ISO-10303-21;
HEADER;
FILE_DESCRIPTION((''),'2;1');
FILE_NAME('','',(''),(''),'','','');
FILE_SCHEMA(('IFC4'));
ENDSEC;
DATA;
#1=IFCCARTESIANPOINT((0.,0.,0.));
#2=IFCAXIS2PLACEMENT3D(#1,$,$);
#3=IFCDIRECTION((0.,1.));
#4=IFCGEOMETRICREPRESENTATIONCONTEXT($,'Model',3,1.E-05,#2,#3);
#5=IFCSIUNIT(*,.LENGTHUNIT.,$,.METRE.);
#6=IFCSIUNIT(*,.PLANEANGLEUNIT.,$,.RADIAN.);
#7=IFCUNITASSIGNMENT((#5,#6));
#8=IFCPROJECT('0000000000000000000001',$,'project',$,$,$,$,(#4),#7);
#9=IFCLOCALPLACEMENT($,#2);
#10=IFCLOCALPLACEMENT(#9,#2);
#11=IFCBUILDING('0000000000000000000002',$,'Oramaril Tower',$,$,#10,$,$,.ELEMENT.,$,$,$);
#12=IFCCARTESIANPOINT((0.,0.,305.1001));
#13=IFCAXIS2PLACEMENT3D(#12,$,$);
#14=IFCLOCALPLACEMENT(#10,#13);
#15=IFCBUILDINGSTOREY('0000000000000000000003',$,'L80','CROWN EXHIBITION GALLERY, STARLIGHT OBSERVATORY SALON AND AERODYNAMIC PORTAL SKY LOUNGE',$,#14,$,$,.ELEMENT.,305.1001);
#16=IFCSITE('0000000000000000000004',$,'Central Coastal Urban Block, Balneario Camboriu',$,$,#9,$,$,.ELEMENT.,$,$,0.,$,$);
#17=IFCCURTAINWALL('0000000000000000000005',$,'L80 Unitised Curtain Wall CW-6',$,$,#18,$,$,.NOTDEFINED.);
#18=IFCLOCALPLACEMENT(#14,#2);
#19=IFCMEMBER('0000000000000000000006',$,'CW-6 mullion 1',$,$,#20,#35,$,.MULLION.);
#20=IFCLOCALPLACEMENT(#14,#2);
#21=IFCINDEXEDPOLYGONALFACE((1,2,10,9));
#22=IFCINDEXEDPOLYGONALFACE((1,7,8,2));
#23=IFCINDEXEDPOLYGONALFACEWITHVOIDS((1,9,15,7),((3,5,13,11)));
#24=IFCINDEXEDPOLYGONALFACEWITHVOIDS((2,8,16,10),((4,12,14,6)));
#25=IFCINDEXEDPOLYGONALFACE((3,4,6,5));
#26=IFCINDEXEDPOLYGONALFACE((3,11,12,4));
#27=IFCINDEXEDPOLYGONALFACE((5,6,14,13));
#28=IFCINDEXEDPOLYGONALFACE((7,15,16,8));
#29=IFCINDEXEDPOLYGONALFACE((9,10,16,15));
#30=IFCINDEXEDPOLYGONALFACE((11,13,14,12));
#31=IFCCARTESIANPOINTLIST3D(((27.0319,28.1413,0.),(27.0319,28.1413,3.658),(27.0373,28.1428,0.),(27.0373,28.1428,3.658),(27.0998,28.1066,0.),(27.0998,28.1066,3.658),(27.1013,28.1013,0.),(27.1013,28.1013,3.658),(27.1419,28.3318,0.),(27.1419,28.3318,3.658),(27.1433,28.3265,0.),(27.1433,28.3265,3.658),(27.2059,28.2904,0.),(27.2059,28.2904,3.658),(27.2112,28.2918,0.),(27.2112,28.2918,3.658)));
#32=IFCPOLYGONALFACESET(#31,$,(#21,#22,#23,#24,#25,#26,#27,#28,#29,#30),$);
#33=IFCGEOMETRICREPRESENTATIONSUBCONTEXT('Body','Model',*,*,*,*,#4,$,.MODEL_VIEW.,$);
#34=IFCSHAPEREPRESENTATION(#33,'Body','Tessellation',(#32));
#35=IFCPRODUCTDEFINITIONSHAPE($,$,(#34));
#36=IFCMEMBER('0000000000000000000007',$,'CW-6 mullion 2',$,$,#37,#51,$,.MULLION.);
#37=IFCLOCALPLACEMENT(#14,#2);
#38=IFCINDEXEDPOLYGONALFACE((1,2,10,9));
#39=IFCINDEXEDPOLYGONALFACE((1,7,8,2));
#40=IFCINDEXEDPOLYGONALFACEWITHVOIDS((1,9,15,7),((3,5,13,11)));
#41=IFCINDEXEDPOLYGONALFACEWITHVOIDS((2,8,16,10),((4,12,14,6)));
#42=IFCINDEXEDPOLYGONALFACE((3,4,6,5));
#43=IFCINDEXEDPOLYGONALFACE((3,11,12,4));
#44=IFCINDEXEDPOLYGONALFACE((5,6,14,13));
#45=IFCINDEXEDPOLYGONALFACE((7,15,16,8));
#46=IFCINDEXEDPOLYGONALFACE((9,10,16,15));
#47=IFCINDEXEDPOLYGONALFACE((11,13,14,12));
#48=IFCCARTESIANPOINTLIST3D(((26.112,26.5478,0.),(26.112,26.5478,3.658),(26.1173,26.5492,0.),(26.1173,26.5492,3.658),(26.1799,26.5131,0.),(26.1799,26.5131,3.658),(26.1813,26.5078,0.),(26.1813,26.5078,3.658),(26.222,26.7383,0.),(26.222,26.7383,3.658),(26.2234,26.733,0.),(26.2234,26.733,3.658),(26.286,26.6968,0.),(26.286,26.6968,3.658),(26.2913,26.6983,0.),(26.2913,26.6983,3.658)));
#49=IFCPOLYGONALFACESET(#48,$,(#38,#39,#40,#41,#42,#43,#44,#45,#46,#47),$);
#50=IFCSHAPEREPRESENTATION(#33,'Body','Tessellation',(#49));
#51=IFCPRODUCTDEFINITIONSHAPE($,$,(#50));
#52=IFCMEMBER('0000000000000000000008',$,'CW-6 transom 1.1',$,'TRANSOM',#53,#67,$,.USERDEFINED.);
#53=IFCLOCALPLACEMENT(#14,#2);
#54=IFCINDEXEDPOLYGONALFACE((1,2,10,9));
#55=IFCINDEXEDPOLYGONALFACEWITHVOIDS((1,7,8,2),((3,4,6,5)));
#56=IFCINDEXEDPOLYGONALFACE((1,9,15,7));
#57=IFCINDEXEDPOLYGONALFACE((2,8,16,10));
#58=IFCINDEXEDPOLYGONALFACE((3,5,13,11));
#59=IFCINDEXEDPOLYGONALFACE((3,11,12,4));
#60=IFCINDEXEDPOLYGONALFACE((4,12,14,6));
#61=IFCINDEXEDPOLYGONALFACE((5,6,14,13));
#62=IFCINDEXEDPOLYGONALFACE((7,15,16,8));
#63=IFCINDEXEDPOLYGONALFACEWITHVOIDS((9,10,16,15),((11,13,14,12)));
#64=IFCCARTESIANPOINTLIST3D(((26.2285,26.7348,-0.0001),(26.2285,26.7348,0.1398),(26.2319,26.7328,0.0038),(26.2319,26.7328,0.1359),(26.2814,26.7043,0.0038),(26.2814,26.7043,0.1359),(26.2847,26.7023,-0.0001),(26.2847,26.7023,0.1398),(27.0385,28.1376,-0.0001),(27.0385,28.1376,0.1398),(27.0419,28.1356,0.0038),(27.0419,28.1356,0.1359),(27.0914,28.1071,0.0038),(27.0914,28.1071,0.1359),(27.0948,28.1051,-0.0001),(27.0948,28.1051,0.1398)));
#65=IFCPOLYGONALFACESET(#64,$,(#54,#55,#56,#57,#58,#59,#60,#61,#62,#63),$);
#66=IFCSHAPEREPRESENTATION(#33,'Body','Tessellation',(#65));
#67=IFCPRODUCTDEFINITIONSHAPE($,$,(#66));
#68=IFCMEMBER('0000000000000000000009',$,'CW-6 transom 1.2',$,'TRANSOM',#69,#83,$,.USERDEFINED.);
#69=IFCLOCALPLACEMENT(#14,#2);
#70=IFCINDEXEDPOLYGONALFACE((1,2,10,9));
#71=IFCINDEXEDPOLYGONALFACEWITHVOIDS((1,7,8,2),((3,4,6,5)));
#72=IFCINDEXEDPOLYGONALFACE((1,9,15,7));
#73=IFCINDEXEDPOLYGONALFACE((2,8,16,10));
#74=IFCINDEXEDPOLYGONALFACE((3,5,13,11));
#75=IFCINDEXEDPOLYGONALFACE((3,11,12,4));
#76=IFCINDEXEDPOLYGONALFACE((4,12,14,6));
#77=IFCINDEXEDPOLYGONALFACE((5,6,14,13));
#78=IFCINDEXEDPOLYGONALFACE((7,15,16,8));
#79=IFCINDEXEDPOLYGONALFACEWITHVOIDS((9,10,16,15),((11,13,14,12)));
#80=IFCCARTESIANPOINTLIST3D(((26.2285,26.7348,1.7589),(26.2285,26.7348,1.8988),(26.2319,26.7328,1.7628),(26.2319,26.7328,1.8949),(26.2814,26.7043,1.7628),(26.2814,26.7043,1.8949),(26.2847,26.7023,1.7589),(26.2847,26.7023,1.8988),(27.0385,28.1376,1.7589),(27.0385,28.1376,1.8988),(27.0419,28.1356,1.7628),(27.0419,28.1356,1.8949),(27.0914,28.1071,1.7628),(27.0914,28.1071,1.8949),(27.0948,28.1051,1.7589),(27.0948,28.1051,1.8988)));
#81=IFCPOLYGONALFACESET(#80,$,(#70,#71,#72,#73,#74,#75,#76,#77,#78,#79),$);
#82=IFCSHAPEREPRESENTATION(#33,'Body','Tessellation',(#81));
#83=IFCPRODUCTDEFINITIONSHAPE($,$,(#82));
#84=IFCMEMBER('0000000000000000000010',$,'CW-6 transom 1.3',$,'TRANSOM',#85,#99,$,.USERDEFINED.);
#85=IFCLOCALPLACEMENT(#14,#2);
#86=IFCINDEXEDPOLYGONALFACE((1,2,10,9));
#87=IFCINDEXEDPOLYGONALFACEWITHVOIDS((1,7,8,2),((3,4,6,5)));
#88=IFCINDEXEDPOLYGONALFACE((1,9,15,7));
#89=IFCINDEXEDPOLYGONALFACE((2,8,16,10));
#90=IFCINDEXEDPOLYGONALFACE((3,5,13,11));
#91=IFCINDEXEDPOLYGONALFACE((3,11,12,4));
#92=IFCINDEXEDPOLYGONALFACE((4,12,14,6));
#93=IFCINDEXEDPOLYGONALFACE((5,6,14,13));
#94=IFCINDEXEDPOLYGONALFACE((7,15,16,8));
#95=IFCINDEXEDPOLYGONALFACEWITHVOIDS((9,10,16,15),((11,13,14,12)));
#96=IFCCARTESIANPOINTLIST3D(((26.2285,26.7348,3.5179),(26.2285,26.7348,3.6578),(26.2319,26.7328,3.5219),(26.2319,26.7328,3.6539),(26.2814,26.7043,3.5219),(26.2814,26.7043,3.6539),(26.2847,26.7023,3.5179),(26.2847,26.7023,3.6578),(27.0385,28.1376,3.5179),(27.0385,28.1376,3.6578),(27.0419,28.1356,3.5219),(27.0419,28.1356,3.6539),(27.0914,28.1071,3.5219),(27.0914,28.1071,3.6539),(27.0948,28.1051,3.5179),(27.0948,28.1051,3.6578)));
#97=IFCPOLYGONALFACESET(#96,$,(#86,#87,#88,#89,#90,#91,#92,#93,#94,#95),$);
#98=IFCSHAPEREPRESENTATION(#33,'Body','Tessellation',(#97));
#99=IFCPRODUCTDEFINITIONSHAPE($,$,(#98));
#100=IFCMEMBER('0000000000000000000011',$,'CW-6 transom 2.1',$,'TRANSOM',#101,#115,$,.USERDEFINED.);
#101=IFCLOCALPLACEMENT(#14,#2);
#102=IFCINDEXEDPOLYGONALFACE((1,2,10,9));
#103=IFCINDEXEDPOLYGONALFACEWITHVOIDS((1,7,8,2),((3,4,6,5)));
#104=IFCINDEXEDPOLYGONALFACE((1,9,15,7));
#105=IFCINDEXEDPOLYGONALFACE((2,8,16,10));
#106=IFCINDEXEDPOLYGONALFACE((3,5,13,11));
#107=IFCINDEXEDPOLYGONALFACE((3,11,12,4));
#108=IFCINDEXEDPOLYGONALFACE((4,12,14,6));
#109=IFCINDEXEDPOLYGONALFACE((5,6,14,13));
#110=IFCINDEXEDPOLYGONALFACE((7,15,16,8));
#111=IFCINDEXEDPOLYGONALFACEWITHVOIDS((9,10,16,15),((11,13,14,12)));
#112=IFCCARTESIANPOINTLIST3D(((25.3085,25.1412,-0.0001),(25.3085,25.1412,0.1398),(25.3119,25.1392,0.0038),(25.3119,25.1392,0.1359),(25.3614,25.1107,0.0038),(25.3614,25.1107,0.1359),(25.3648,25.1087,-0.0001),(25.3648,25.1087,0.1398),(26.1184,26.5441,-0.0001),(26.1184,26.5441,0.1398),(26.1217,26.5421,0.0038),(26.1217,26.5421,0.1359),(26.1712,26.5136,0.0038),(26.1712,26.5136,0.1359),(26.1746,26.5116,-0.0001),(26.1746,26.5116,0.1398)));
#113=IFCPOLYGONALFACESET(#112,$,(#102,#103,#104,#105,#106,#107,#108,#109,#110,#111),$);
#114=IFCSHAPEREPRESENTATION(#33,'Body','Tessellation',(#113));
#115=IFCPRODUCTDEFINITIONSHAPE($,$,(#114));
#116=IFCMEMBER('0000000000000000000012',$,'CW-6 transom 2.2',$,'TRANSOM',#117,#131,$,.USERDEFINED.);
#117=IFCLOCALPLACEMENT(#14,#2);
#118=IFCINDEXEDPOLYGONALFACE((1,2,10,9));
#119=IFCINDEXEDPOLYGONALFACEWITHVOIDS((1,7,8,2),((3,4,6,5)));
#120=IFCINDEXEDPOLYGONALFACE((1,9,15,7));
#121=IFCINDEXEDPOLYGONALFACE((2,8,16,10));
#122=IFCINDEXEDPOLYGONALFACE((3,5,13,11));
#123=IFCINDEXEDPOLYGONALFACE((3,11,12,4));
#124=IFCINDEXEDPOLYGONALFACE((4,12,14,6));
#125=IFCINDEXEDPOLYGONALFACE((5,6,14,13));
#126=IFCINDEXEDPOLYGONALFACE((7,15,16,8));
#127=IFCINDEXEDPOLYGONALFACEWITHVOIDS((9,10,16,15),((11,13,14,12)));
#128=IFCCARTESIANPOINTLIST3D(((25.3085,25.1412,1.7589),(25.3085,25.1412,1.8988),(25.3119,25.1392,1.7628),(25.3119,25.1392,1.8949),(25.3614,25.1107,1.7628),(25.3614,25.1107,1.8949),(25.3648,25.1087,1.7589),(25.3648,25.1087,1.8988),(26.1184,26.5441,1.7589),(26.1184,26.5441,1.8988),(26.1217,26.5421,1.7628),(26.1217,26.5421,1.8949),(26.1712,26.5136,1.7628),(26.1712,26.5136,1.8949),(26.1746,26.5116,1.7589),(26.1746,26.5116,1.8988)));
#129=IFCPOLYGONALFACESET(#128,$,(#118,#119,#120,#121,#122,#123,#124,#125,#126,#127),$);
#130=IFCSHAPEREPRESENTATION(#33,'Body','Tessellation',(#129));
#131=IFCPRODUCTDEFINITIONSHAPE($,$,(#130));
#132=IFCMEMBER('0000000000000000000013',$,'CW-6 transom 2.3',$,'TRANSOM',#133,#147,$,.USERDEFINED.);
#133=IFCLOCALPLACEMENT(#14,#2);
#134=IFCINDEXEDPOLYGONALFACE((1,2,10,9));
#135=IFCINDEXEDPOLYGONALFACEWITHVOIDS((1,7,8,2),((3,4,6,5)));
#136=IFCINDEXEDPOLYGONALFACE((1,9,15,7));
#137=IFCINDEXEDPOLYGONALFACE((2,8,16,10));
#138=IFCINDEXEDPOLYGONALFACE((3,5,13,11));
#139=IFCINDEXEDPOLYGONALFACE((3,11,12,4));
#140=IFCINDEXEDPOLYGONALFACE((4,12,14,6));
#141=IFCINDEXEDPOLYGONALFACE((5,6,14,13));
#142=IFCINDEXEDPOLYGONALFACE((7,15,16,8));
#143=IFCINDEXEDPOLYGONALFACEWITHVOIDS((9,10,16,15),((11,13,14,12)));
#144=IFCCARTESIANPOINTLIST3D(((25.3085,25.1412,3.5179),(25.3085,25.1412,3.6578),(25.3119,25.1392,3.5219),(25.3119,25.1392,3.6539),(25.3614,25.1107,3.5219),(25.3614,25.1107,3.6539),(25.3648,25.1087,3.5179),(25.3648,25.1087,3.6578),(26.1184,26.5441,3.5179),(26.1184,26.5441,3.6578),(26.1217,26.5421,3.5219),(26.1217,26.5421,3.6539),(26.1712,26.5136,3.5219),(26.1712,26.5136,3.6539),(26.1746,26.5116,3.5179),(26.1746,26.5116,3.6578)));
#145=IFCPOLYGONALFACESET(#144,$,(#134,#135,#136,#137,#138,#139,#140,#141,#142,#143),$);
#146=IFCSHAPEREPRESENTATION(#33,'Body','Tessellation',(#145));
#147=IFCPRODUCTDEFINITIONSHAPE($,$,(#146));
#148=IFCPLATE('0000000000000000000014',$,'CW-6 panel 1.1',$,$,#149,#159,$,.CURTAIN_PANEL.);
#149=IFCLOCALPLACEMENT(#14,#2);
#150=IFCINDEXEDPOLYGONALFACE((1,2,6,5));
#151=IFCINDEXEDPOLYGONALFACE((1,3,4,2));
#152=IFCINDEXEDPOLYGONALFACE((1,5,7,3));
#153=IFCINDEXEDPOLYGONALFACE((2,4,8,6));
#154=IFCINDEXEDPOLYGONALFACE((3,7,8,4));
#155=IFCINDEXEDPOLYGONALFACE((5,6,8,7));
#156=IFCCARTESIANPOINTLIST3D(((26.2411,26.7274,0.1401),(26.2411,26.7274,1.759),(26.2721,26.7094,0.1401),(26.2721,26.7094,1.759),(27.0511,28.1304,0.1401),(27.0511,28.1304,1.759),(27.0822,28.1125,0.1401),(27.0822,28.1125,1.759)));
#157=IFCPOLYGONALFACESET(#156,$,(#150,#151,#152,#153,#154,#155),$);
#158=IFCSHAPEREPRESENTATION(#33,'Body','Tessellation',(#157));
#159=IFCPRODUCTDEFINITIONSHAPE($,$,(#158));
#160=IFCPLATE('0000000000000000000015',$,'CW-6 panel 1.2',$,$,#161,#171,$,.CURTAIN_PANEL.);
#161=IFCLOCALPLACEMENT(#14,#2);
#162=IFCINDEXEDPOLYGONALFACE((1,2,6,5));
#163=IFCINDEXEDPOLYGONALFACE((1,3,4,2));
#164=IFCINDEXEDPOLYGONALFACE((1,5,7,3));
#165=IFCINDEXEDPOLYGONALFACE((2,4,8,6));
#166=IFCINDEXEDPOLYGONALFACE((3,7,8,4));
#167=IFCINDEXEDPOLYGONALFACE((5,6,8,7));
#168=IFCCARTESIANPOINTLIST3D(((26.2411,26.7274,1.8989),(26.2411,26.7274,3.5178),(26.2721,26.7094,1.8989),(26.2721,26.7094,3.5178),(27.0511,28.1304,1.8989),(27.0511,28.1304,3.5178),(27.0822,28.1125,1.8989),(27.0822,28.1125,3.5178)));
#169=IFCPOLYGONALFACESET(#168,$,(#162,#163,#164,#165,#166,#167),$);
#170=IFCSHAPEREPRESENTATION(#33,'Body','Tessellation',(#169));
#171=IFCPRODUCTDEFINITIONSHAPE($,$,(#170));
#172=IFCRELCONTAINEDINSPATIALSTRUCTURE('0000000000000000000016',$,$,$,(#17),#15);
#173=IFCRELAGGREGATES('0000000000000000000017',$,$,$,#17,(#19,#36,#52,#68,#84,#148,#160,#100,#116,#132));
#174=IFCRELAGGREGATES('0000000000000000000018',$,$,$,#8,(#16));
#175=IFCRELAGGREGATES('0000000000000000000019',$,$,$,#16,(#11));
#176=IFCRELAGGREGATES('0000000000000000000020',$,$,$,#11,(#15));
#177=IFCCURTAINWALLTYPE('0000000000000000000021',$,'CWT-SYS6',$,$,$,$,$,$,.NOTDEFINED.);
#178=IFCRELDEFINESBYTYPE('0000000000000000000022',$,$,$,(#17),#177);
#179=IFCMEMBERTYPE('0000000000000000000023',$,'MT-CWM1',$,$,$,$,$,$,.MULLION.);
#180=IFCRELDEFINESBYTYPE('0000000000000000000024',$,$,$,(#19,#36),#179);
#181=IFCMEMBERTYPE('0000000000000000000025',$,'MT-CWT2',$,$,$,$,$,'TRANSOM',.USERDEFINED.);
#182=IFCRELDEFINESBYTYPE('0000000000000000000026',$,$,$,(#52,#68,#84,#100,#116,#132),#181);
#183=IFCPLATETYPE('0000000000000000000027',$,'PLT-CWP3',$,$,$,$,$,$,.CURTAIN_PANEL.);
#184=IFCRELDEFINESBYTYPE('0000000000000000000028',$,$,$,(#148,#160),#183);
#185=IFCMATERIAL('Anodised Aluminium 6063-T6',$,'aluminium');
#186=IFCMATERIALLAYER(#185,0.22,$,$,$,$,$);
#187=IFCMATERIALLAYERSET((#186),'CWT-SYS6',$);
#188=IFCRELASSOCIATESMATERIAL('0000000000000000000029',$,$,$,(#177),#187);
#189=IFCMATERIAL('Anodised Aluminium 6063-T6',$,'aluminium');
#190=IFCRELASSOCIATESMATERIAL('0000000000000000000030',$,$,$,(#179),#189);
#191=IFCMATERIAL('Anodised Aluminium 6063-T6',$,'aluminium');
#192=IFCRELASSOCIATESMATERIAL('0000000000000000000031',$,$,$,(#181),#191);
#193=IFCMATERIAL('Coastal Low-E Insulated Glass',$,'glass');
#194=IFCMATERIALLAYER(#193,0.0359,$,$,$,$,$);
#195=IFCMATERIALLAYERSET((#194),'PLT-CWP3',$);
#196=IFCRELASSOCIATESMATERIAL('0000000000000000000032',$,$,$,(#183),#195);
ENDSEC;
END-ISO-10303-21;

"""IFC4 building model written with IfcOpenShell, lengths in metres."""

from ifc_helpers import new_model, si_unit, direction, frame, origin, origin_2d, place, context, subcontext, project, spatial, rectangle, hollow_rectangle, extrude, material, layer, layer_set, material_profile, profile_set, type_object, element, aggregate, save


model = new_model("IFC4")

# Units and contexts
model_context = context("Model", 3, precision=1e-05, world=origin(), true_north=direction((0.0, 1.0)))
body_context = subcontext(model_context, "Body", "Model", "MODEL_VIEW")
ifc_project = project(units=[si_unit("LENGTHUNIT", "METRE"), si_unit("PLANEANGLEUNIT", "RADIAN")], contexts=[model_context])

# Site, building, storey
site_placement = place(None, origin())
site = spatial("IfcSite", under=ifc_project, at=site_placement, Name="Central Coastal Urban Block, Balneario Camboriu", CompositionType="ELEMENT", RefElevation=0.0)
building_placement = place(site_placement, origin())
building = spatial("IfcBuilding", under=site, at=building_placement, Name="Oramaril Tower", CompositionType="ELEMENT")
storey_placement = place(building_placement, frame((0.0, 0.0, 305.1001)))
storey = spatial("IfcBuildingStorey", under=building, at=storey_placement, Name="L80", Description="CROWN EXHIBITION GALLERY, STARLIGHT OBSERVATORY SALON AND AERODYNAMIC PORTAL SKY LOUNGE", CompositionType="ELEMENT", Elevation=305.1001)

# Curtain wall, members, plates
ifc_material_1 = material(Name="Anodised Aluminium 6063-T6", Category="aluminium")
ifc_layer_1 = layer(ifc_material_1, 0.22)
ifc_layer_set_1 = layer_set([ifc_layer_1], Name="CWT-SYS6")
curtain_wall_type = type_object("IfcCurtainWallType", Name="CWT-SYS6", PredefinedType="NOTDEFINED", material=ifc_layer_set_1)
curtain_wall_placement = place(storey_placement, origin())
curtain_wall = element("IfcCurtainWall", 1, at=curtain_wall_placement, inside=storey, type_object=curtain_wall_type, Name="L80 Unitised Curtain Wall CW-6", PredefinedType="NOTDEFINED")
ifc_material_2 = material(Name="Anodised Aluminium 6063-T6", Category="aluminium")
ifc_material_profile_1 = material_profile(ifc_material_2, hollow_rectangle(XDim=0.0801, YDim=0.22, WallThickness=0.0039, at=origin_2d()), Name="CWM220X80")
ifc_profile_set_1 = profile_set([ifc_material_profile_1], Name="Anodised Aluminium 6063-T6")
member_type_1 = type_object("IfcMemberType", Name="MT-CWM1", PredefinedType="MULLION", material=ifc_profile_set_1)
member_1_placement = place(storey_placement, frame((27.1216, 28.2166, 0.0), z_axis=(0.0, 0.0, 1.0), x_axis=(0.866025, -0.5, 0.0)))
member_1 = element("IfcMember", 2, at=member_1_placement, type_object=member_type_1, Name="CW-6 mullion 1", PredefinedType="MULLION", context=body_context, shape_type="SweptSolid", body=[
    extrude(hollow_rectangle(XDim=0.0801, YDim=0.22, WallThickness=0.0039, at=origin_2d()), origin(), (0.0, 0.0, 1.0), 3.658),
])
member_2_placement = place(storey_placement, frame((26.2017, 26.623, 0.0), z_axis=(0.0, 0.0, 1.0), x_axis=(0.866025, -0.5, 0.0)))
member_2 = element("IfcMember", 3, at=member_2_placement, type_object=member_type_1, Name="CW-6 mullion 2", PredefinedType="MULLION", context=body_context, shape_type="SweptSolid", body=[
    extrude(hollow_rectangle(XDim=0.0801, YDim=0.22, WallThickness=0.0039, at=origin_2d()), origin(), (0.0, 0.0, 1.0), 3.658),
])
ifc_material_3 = material(Name="Anodised Aluminium 6063-T6", Category="aluminium")
ifc_material_profile_2 = material_profile(ifc_material_3, hollow_rectangle(XDim=0.0649, YDim=0.1399, WallThickness=0.0039, at=origin_2d()), Name="CWT140X65")
ifc_profile_set_2 = profile_set([ifc_material_profile_2], Name="Anodised Aluminium 6063-T6")
member_type_2 = type_object("IfcMemberType", Name="MT-CWT2", ElementType="TRANSOM", PredefinedType="USERDEFINED", material=ifc_profile_set_2)
member_3_placement = place(storey_placement, frame((27.0667, 28.1213, 0.0698), z_axis=(-0.500062, -0.86599, 0.0), x_axis=(0.86599, -0.500062, 0.0)))
member_3 = element("IfcMember", 4, at=member_3_placement, type_object=member_type_2, Name="CW-6 transom 1.1", ObjectType="TRANSOM", PredefinedType="USERDEFINED", context=body_context, shape_type="SweptSolid", body=[
    extrude(hollow_rectangle(XDim=0.0649, YDim=0.1399, WallThickness=0.0039, at=origin_2d()), origin(), (0.0, 0.0, 1.0), 1.6199),
])
member_4_placement = place(storey_placement, frame((27.0667, 28.1213, 1.8289), z_axis=(-0.500062, -0.86599, 0.0), x_axis=(0.86599, -0.500062, 0.0)))
member_4 = element("IfcMember", 5, at=member_4_placement, type_object=member_type_2, Name="CW-6 transom 1.2", ObjectType="TRANSOM", PredefinedType="USERDEFINED", context=body_context, shape_type="SweptSolid", body=[
    extrude(hollow_rectangle(XDim=0.0649, YDim=0.1399, WallThickness=0.0039, at=origin_2d()), origin(), (0.0, 0.0, 1.0), 1.6199),
])
member_5_placement = place(storey_placement, frame((27.0667, 28.1213, 3.5879), z_axis=(-0.500062, -0.86599, 0.0), x_axis=(0.86599, -0.500062, 0.0)))
member_5 = element("IfcMember", 6, at=member_5_placement, type_object=member_type_2, Name="CW-6 transom 1.3", ObjectType="TRANSOM", PredefinedType="USERDEFINED", context=body_context, shape_type="SweptSolid", body=[
    extrude(hollow_rectangle(XDim=0.0649, YDim=0.1399, WallThickness=0.0039, at=origin_2d()), origin(), (0.0, 0.0, 1.0), 1.6199),
])
member_6_placement = place(storey_placement, frame((26.1465, 26.5278, 0.0698), z_axis=(-0.499949, -0.866055, 0.0), x_axis=(0.866055, -0.499949, 0.0)))
member_6 = element("IfcMember", 7, at=member_6_placement, type_object=member_type_2, Name="CW-6 transom 2.1", ObjectType="TRANSOM", PredefinedType="USERDEFINED", context=body_context, shape_type="SweptSolid", body=[
    extrude(hollow_rectangle(XDim=0.0649, YDim=0.1399, WallThickness=0.0039, at=origin_2d()), origin(), (0.0, 0.0, 1.0), 1.6199),
])
member_7_placement = place(storey_placement, frame((26.1465, 26.5278, 1.8289), z_axis=(-0.499949, -0.866055, 0.0), x_axis=(0.866055, -0.499949, 0.0)))
member_7 = element("IfcMember", 8, at=member_7_placement, type_object=member_type_2, Name="CW-6 transom 2.2", ObjectType="TRANSOM", PredefinedType="USERDEFINED", context=body_context, shape_type="SweptSolid", body=[
    extrude(hollow_rectangle(XDim=0.0649, YDim=0.1399, WallThickness=0.0039, at=origin_2d()), origin(), (0.0, 0.0, 1.0), 1.6199),
])
member_8_placement = place(storey_placement, frame((26.1465, 26.5278, 3.5879), z_axis=(-0.499949, -0.866055, 0.0), x_axis=(0.866055, -0.499949, 0.0)))
member_8 = element("IfcMember", 9, at=member_8_placement, type_object=member_type_2, Name="CW-6 transom 2.3", ObjectType="TRANSOM", PredefinedType="USERDEFINED", context=body_context, shape_type="SweptSolid", body=[
    extrude(hollow_rectangle(XDim=0.0649, YDim=0.1399, WallThickness=0.0039, at=origin_2d()), origin(), (0.0, 0.0, 1.0), 1.6199),
])
ifc_material_4 = material(Name="Coastal Low-E Insulated Glass", Category="glass")
ifc_layer_2 = layer(ifc_material_4, 0.0359)
ifc_layer_set_2 = layer_set([ifc_layer_2], Name="PLT-CWP3")
plate_type = type_object("IfcPlateType", Name="PLT-CWP3", PredefinedType="CURTAIN_PANEL", material=ifc_layer_set_2)
plate_1_placement = place(storey_placement, frame((26.6616, 27.4199, 0.1401), z_axis=(0.0, 0.0, 1.0), x_axis=(-0.5, -0.866025, 0.0)))
plate_1 = element("IfcPlate", 10, at=plate_1_placement, type_object=plate_type, Name="CW-6 panel 1.1", PredefinedType="CURTAIN_PANEL", context=body_context, shape_type="SweptSolid", body=[
    extrude(rectangle(XDim=1.6201, YDim=0.0359, at=origin_2d()), origin(), (0.0, 0.0, 1.0), 1.6189),
])
plate_2_placement = place(storey_placement, frame((26.6616, 27.4199, 1.8989), z_axis=(0.0, 0.0, 1.0), x_axis=(-0.5, -0.866025, 0.0)))
plate_2 = element("IfcPlate", 11, at=plate_2_placement, type_object=plate_type, Name="CW-6 panel 1.2", PredefinedType="CURTAIN_PANEL", context=body_context, shape_type="SweptSolid", body=[
    extrude(rectangle(XDim=1.6201, YDim=0.0359, at=origin_2d()), origin(), (0.0, 0.0, 1.0), 1.6189),
])
aggregate(curtain_wall, [member_1, member_2, member_3, member_4, member_5, plate_1, plate_2, member_6, member_7, member_8])

save(model, "model.ifc")
